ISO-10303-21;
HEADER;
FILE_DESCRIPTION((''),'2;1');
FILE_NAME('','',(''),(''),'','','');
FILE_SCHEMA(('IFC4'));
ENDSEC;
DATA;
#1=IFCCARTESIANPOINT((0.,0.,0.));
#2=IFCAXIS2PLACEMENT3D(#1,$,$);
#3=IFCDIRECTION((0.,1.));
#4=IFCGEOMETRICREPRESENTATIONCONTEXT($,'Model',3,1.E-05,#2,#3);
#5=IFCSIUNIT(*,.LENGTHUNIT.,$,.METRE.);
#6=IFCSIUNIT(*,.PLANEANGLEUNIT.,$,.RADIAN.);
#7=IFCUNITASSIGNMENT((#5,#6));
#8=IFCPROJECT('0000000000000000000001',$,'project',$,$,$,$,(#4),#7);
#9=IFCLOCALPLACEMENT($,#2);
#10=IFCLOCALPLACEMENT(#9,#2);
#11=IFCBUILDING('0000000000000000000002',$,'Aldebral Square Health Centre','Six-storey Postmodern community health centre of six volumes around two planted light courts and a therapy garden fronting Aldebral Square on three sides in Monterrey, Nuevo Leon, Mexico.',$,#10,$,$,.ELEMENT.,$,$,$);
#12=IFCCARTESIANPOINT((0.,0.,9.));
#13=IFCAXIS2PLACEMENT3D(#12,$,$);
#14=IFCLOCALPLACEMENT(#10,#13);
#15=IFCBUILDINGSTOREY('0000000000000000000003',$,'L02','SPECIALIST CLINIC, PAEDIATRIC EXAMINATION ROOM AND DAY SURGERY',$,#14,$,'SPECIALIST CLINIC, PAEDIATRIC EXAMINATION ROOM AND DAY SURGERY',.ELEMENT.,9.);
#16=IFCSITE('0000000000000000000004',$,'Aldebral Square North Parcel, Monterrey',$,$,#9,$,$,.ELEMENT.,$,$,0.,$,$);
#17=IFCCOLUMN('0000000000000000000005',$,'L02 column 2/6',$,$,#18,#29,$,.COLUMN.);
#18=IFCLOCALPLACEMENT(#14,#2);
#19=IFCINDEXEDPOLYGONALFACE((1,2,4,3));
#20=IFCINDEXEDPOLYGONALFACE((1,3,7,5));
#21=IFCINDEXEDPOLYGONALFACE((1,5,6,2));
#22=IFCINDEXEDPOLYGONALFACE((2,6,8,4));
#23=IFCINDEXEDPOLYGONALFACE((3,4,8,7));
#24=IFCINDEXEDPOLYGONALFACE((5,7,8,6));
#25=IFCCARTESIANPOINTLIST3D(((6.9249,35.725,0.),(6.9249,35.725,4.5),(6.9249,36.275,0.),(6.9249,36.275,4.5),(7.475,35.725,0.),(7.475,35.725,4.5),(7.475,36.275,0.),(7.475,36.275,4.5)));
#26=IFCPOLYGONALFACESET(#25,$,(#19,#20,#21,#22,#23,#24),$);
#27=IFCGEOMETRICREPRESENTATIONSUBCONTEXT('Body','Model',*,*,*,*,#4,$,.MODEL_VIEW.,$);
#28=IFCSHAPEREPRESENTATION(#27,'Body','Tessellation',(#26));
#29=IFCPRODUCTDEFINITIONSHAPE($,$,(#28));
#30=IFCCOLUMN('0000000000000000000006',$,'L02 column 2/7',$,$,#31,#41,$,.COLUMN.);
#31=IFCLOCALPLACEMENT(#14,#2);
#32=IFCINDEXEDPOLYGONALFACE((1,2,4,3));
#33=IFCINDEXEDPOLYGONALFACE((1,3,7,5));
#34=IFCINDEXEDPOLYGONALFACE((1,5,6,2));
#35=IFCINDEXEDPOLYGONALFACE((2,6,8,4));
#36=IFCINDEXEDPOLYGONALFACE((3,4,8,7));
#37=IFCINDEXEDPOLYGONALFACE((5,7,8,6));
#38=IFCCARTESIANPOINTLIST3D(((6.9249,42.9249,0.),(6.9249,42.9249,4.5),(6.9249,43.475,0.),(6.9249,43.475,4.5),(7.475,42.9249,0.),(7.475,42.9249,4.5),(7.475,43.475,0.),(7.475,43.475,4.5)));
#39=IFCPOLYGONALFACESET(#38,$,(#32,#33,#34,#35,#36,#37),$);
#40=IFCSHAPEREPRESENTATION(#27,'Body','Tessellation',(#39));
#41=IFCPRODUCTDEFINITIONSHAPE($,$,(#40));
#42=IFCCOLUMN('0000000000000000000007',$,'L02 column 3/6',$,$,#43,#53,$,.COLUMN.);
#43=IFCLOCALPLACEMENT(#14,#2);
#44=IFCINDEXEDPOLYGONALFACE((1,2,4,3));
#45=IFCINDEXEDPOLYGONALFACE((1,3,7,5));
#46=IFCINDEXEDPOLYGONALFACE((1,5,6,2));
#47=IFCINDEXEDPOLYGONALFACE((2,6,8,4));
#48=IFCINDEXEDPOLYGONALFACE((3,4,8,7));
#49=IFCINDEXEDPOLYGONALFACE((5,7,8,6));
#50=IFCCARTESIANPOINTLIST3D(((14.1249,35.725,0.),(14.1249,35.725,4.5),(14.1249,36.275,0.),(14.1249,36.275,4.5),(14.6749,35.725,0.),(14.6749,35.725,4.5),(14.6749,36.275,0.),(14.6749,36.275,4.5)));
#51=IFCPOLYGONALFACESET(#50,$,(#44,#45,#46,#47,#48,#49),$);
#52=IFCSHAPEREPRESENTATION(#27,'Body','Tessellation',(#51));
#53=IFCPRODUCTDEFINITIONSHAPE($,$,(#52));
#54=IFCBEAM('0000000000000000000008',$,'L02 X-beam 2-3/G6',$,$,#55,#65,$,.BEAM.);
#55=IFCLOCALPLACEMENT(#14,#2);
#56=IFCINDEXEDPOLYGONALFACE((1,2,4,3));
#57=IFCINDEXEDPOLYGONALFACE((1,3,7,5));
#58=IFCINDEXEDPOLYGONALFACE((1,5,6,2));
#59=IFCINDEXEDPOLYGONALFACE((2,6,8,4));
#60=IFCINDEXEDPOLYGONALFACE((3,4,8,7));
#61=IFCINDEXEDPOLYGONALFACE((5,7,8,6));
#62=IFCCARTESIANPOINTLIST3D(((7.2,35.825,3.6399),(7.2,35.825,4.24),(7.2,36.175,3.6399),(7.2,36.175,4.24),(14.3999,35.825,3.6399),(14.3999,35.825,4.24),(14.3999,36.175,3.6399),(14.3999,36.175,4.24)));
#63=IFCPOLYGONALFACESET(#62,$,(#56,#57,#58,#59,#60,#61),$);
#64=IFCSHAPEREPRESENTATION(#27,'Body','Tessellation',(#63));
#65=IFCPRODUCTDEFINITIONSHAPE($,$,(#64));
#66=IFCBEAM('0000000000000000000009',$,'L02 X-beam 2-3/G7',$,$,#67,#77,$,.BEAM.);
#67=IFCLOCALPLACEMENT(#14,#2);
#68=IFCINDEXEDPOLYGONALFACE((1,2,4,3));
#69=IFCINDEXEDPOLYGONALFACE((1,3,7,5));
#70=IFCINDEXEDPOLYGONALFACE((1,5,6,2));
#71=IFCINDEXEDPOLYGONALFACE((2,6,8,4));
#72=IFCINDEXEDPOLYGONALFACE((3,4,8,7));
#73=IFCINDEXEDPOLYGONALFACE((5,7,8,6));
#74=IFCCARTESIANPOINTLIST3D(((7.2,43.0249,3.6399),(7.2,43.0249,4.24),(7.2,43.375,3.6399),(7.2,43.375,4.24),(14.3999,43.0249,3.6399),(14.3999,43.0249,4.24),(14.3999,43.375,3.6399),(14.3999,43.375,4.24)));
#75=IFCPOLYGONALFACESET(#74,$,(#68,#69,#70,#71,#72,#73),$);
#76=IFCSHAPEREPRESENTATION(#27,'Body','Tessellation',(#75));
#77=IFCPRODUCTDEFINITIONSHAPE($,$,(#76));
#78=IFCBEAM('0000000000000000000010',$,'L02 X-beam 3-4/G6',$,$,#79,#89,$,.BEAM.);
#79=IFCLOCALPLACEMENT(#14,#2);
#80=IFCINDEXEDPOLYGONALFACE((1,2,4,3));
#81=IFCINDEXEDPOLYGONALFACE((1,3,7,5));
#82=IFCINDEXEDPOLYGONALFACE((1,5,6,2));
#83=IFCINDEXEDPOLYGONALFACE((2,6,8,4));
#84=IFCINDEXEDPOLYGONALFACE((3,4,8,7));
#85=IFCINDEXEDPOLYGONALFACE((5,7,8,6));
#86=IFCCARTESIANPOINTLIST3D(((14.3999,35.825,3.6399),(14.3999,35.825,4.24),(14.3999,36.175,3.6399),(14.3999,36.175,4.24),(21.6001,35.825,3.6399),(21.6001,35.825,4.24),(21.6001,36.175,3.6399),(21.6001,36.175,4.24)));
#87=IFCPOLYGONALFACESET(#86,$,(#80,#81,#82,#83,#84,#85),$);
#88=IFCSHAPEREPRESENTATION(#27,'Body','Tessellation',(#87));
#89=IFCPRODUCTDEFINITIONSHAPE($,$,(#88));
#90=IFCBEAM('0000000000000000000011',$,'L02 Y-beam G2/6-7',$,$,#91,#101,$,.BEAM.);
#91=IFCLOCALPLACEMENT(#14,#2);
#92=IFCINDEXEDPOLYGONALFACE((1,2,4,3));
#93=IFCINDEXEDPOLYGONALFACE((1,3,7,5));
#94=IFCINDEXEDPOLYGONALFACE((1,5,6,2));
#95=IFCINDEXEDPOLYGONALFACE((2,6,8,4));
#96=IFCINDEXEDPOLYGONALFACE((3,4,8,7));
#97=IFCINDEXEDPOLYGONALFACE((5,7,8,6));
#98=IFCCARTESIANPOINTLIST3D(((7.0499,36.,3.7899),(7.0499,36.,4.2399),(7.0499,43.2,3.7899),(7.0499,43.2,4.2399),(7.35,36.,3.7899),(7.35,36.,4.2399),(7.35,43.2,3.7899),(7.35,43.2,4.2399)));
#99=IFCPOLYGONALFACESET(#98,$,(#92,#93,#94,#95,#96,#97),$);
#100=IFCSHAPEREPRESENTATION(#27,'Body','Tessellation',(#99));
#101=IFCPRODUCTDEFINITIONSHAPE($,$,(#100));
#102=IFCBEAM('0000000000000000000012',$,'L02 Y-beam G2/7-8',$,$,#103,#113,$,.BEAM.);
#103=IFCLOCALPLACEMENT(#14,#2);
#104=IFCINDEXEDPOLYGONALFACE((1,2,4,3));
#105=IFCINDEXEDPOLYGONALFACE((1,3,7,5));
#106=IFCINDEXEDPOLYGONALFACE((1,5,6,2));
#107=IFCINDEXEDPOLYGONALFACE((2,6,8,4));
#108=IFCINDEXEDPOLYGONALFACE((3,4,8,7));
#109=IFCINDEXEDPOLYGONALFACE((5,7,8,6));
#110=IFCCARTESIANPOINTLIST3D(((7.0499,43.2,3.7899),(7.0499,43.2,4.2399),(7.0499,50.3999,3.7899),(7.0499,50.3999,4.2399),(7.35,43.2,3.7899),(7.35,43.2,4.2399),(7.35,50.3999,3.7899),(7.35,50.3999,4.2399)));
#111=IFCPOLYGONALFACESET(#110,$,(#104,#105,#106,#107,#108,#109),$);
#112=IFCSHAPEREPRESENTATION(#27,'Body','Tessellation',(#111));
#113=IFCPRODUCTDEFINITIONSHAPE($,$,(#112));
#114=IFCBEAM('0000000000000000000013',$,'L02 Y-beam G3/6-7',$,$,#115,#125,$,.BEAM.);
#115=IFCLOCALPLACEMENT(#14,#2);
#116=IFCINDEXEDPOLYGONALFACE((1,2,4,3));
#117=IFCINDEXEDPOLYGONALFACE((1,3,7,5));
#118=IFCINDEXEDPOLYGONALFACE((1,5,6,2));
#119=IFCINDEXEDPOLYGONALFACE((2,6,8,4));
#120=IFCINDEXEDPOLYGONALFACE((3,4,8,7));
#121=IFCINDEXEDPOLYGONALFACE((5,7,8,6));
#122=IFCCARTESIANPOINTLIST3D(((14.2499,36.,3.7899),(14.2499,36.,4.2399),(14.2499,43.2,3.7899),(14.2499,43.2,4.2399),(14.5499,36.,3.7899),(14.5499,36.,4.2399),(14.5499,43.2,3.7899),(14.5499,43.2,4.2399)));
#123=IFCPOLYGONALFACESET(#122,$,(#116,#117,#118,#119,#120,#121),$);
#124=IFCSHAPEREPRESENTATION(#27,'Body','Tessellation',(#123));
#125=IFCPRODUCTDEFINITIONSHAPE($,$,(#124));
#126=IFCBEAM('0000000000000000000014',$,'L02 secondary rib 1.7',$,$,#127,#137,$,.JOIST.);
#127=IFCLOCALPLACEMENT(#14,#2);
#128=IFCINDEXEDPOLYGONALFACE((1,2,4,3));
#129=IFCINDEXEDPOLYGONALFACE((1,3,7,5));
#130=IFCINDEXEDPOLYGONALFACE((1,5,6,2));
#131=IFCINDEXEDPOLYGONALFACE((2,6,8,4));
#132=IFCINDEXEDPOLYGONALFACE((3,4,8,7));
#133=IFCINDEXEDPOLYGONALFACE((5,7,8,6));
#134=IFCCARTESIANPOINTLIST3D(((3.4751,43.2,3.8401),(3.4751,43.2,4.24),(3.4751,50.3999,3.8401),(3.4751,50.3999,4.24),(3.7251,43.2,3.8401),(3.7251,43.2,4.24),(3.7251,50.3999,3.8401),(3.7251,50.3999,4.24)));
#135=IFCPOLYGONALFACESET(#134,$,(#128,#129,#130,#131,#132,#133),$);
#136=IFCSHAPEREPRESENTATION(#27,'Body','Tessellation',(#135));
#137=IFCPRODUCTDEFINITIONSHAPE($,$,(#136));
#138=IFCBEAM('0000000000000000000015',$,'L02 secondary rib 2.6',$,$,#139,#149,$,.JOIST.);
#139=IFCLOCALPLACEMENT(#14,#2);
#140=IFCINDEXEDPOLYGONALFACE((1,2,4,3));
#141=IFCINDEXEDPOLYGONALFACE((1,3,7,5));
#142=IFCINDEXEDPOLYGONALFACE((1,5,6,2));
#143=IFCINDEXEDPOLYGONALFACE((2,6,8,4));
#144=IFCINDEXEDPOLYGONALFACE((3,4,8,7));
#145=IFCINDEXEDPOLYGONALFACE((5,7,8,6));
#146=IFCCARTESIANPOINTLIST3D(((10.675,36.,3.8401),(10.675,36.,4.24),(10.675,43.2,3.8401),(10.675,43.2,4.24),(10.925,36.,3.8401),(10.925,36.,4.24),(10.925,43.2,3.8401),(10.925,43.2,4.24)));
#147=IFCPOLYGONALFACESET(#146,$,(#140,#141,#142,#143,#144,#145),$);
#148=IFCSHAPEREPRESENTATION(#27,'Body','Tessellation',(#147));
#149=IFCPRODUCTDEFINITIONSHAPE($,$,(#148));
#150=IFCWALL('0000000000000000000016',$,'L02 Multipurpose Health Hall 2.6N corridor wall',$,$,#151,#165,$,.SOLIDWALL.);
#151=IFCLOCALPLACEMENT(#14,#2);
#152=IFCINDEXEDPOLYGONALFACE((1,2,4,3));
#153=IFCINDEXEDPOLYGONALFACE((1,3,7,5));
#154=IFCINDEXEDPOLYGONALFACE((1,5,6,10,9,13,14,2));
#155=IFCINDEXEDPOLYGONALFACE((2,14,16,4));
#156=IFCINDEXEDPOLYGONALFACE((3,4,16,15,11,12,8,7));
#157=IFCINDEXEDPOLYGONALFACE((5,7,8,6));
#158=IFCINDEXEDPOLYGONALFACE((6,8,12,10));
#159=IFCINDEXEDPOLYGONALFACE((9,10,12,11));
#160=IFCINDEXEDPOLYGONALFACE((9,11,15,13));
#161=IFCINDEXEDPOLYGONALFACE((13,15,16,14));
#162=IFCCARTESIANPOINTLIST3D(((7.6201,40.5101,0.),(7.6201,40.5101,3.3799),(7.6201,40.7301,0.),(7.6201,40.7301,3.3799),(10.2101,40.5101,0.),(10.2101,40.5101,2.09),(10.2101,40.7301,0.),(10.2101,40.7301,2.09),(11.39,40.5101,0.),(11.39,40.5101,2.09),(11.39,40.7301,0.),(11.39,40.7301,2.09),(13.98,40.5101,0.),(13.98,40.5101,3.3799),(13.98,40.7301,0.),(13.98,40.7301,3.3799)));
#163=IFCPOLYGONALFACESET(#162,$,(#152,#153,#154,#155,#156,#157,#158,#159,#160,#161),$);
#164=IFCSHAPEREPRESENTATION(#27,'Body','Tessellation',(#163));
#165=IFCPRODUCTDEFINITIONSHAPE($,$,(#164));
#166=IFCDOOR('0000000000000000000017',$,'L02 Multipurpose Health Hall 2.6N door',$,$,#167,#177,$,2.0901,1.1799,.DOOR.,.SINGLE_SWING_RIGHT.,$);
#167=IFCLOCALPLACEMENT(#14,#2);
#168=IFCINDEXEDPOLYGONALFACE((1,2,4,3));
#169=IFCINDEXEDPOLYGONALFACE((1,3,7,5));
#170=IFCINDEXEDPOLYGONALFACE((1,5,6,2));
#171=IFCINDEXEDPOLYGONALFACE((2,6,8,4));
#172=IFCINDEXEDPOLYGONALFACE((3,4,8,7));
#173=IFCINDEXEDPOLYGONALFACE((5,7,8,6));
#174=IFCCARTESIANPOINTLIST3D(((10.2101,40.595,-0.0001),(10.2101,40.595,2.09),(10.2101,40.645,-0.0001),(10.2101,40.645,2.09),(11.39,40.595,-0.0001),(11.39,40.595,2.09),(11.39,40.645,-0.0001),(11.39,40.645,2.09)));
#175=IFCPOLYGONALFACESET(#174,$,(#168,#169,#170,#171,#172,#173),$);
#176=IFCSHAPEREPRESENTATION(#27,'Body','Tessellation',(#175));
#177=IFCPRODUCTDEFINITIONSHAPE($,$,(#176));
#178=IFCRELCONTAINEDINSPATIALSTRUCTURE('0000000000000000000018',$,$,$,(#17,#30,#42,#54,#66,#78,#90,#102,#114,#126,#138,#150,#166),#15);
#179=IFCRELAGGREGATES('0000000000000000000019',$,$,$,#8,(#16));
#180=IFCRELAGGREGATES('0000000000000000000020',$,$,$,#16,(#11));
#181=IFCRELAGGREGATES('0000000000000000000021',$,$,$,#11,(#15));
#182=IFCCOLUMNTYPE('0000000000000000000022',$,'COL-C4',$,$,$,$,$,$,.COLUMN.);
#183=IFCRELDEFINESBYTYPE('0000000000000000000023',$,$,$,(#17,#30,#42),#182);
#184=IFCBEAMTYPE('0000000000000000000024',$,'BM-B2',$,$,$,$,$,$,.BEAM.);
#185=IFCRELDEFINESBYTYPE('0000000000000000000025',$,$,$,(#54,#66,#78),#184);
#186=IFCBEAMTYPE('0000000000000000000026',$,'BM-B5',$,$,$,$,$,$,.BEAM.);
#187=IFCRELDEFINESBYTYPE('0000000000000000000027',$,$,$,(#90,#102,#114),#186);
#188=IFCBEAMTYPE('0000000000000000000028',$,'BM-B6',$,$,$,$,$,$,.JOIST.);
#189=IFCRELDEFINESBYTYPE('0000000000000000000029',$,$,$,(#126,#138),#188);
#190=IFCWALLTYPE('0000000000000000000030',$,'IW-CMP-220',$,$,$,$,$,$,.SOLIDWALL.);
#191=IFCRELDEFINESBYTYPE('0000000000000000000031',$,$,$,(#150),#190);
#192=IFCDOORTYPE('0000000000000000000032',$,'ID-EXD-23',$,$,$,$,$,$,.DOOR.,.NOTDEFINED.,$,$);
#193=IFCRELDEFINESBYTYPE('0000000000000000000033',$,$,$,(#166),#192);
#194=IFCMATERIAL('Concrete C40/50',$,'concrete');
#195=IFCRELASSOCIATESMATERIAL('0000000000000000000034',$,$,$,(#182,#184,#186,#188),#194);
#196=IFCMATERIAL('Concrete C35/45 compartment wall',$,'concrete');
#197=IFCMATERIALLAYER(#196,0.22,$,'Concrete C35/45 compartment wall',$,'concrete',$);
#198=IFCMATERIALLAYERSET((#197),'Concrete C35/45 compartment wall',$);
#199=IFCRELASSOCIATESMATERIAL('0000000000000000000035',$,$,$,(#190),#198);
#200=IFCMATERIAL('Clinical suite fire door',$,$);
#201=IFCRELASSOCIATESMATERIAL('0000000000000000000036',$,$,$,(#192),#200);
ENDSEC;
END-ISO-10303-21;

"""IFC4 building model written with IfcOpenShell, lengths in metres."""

from ifc_helpers import new_model, si_unit, direction, frame, frame_2d, origin, origin_2d, place, context, subcontext, project, spatial, rectangle, extrude, material, layer, layer_set, material_profile, profile_set, type_object, element, fill, save


model = new_model("IFC4")

# Units and contexts
model_context = context("Model", 3, precision=1e-05, world=origin(), true_north=direction((0.0, 1.0)))
body_context = subcontext(model_context, "Body", "Model", "MODEL_VIEW")
ifc_project = project(units=[si_unit("LENGTHUNIT", "METRE"), si_unit("PLANEANGLEUNIT", "RADIAN")], contexts=[model_context])

# Site, building, storey
site_placement = place(None, origin())
site = spatial("IfcSite", under=ifc_project, at=site_placement, Name="Aldebral Square North Parcel, Monterrey", CompositionType="ELEMENT", RefElevation=0.0)
building_placement = place(site_placement, origin())
building = spatial("IfcBuilding", under=site, at=building_placement, Name="Aldebral Square Health Centre", Description="Six-storey Postmodern community health centre of six volumes around two planted light courts and a therapy garden fronting Aldebral Square on three sides in Monterrey, Nuevo Leon, Mexico.", CompositionType="ELEMENT")
storey_placement = place(building_placement, frame((0.0, 0.0, 9.0)))
storey = spatial("IfcBuildingStorey", under=building, at=storey_placement, Name="L02", Description="SPECIALIST CLINIC, PAEDIATRIC EXAMINATION ROOM AND DAY SURGERY", LongName="SPECIALIST CLINIC, PAEDIATRIC EXAMINATION ROOM AND DAY SURGERY", CompositionType="ELEMENT", Elevation=9.0)

# Columns
ifc_material_1 = material(Name="Concrete C40/50", Category="concrete")
ifc_material_profile_1 = material_profile(ifc_material_1, rectangle(XDim=0.55, YDim=0.55, at=origin_2d()), Name="RC 550x550")
ifc_profile_set_1 = profile_set([ifc_material_profile_1], Name="Concrete C40/50")
column_type = type_object("IfcColumnType", Name="COL-C4", PredefinedType="COLUMN", material=ifc_profile_set_1)
for number, where, z_axis, x_axis, name in (
    (1, (7.2, 36.0, 0.0), (0.0, 0.0, 1.0), (1.0, 0.0, 0.0), "L02 column 2/6"),
    (2, (7.2, 43.2, 0.0), (0.0, 0.0, 1.0), (1.0, 0.0, 0.0), "L02 column 2/7"),
    (3, (14.3999, 36.0, 0.0), (0.0, 0.0, 1.0), (1.0, 0.0, 0.0), "L02 column 3/6"),
):
    element("IfcColumn", number, at=place(storey_placement, frame(where, z_axis=z_axis, x_axis=x_axis)), inside=storey, type_object=column_type, Name=name, PredefinedType="COLUMN", context=body_context, shape_type="SweptSolid", body=[
        extrude(rectangle(XDim=0.55, YDim=0.55, at=origin_2d()), origin(), (0.0, 0.0, 1.0), 4.5),
    ])

# Beams
ifc_material_profile_2 = material_profile(ifc_material_1, rectangle(XDim=0.3501, YDim=0.6001, at=origin_2d()), Name="RC 350x600")
ifc_profile_set_2 = profile_set([ifc_material_profile_2], Name="Concrete C40/50")
beam_type_1 = type_object("IfcBeamType", Name="BM-B2", PredefinedType="BEAM", material=ifc_profile_set_2)
for number, where, z_axis, x_axis, name in (
    (4, (7.2, 36.0, 3.9399), (1.0, 0.0, 0.0), (0.0, 1.0, 0.0), "L02 X-beam 2-3/G6"),
    (5, (7.2, 43.2, 3.9399), (1.0, 0.0, 0.0), (0.0, 1.0, 0.0), "L02 X-beam 2-3/G7"),
):
    element("IfcBeam", number, at=place(storey_placement, frame(where, z_axis=z_axis, x_axis=x_axis)), inside=storey, type_object=beam_type_1, Name=name, PredefinedType="BEAM", context=body_context, shape_type="SweptSolid", body=[
        extrude(rectangle(XDim=0.3501, YDim=0.6001, at=origin_2d()), origin(), (0.0, 0.0, 1.0), 7.2),
    ])
beam_placement = place(storey_placement, frame((14.3999, 36.0, 3.9399), z_axis=(1.0, 0.0, 0.0), x_axis=(0.0, 1.0, 0.0)))
element("IfcBeam", 6, at=beam_placement, inside=storey, type_object=beam_type_1, Name="L02 X-beam 3-4/G6", PredefinedType="BEAM", context=body_context, shape_type="SweptSolid", body=[
    extrude(rectangle(XDim=0.3501, YDim=0.6001, at=origin_2d()), origin(), (0.0, 0.0, 1.0), 7.2002),
])
ifc_material_profile_3 = material_profile(ifc_material_1, rectangle(XDim=0.3, YDim=0.45, at=origin_2d()), Name="RC 300x450")
ifc_profile_set_3 = profile_set([ifc_material_profile_3], Name="Concrete C40/50")
beam_type_2 = type_object("IfcBeamType", Name="BM-B5", PredefinedType="BEAM", material=ifc_profile_set_3)
for number, where, z_axis, x_axis, name in (
    (7, (7.2, 36.0, 4.0149), (0.0, 1.0, 0.0), (-1.0, 0.0, 0.0), "L02 Y-beam G2/6-7"),
    (8, (7.2, 43.2, 4.0149), (0.0, 1.0, 0.0), (-1.0, 0.0, 0.0), "L02 Y-beam G2/7-8"),
    (9, (14.3999, 36.0, 4.0149), (0.0, 1.0, 0.0), (-1.0, 0.0, 0.0), "L02 Y-beam G3/6-7"),
):
    element("IfcBeam", number, at=place(storey_placement, frame(where, z_axis=z_axis, x_axis=x_axis)), inside=storey, type_object=beam_type_2, Name=name, PredefinedType="BEAM", context=body_context, shape_type="SweptSolid", body=[
        extrude(rectangle(XDim=0.3, YDim=0.45, at=origin_2d()), origin(), (0.0, 0.0, 1.0), 7.2),
    ])
ifc_material_profile_4 = material_profile(ifc_material_1, rectangle(XDim=0.25, YDim=0.3999, at=origin_2d()), Name="RC 250x400")
ifc_profile_set_4 = profile_set([ifc_material_profile_4], Name="Concrete C40/50")
beam_type_3 = type_object("IfcBeamType", Name="BM-B6", PredefinedType="JOIST", material=ifc_profile_set_4)
for number, where, z_axis, x_axis, name in (
    (10, (3.6001, 43.2, 4.04), (0.0, 1.0, 0.0), (-1.0, 0.0, 0.0), "L02 secondary rib 1.7"),
    (11, (10.8, 36.0, 4.04), (0.0, 1.0, 0.0), (-1.0, 0.0, 0.0), "L02 secondary rib 2.6"),
):
    element("IfcBeam", number, at=place(storey_placement, frame(where, z_axis=z_axis, x_axis=x_axis)), inside=storey, type_object=beam_type_3, Name=name, PredefinedType="JOIST", context=body_context, shape_type="SweptSolid", body=[
        extrude(rectangle(XDim=0.25, YDim=0.3999, at=origin_2d()), origin(), (0.0, 0.0, 1.0), 7.2),
    ])

# Wall, opening, door
ifc_material_2 = material(Name="Concrete C35/45 compartment wall", Category="concrete")
ifc_layer_1 = layer(ifc_material_2, 0.22, Name="Concrete C35/45 compartment wall", Category="concrete")
ifc_layer_set_1 = layer_set([ifc_layer_1], Name="Concrete C35/45 compartment wall")
wall_type_1 = type_object("IfcWallType", Name="IW-CMP-220", PredefinedType="SOLIDWALL", material=ifc_layer_set_1)
wall_1_placement = place(storey_placement, frame((7.6201, 40.6201, 0.0), z_axis=(0.0, 0.0, 1.0), x_axis=(1.0, 0.0, 0.0)))
wall_1 = element("IfcWall", 12, at=wall_1_placement, inside=storey, type_object=wall_type_1, Name="L02 Multipurpose Health Hall 2.6N corridor wall", PredefinedType="SOLIDWALL", context=body_context, shape_type="SweptSolid", body=[
    extrude(rectangle(XDim=6.3599, YDim=0.22, at=frame_2d((3.1799, 0.0))), origin(), (0.0, 0.0, 1.0), 3.3799),
])
opening_1_placement = place(wall_1_placement, frame((2.5901, 0.0, 0.0)))
opening_1 = element("IfcOpeningElement", 13, at=opening_1_placement, cuts=wall_1, PredefinedType="OPENING", context=body_context, shape_type="SweptSolid", body=[
    extrude(rectangle(XDim=1.1799, YDim=2.0901, at=frame_2d((0.5898, 1.0449))), frame((0.0, 0.1201, 0.0), z_axis=(0.0, -1.0, 0.0), x_axis=(1.0, 0.0, 0.0)), (0.0, 0.0, 1.0), 0.24),
])
ifc_material_3 = material(Name="Clinical suite fire door")
door_type_1 = type_object("IfcDoorType", Name="ID-EXD-23", OperationType="NOTDEFINED", PredefinedType="DOOR", material=ifc_material_3)
door_1_placement = place(opening_1_placement, origin())
door_1 = element("IfcDoor", 14, at=door_1_placement, inside=storey, type_object=door_type_1, Name="L02 Multipurpose Health Hall 2.6N door", OperationType="SINGLE_SWING_RIGHT", OverallHeight=2.0901, OverallWidth=1.1799, PredefinedType="DOOR", context=body_context, shape_type="SweptSolid", body=[
    extrude(rectangle(XDim=1.1799, YDim=2.0901, at=frame_2d((0.5898, 1.0449))), frame((0.0, 0.0249, 0.0), z_axis=(0.0, -1.0, 0.0), x_axis=(1.0, 0.0, 0.0)), (0.0, 0.0, 1.0), 0.05),
])
fill(opening_1, door_1)

save(model, "model.ifc")
